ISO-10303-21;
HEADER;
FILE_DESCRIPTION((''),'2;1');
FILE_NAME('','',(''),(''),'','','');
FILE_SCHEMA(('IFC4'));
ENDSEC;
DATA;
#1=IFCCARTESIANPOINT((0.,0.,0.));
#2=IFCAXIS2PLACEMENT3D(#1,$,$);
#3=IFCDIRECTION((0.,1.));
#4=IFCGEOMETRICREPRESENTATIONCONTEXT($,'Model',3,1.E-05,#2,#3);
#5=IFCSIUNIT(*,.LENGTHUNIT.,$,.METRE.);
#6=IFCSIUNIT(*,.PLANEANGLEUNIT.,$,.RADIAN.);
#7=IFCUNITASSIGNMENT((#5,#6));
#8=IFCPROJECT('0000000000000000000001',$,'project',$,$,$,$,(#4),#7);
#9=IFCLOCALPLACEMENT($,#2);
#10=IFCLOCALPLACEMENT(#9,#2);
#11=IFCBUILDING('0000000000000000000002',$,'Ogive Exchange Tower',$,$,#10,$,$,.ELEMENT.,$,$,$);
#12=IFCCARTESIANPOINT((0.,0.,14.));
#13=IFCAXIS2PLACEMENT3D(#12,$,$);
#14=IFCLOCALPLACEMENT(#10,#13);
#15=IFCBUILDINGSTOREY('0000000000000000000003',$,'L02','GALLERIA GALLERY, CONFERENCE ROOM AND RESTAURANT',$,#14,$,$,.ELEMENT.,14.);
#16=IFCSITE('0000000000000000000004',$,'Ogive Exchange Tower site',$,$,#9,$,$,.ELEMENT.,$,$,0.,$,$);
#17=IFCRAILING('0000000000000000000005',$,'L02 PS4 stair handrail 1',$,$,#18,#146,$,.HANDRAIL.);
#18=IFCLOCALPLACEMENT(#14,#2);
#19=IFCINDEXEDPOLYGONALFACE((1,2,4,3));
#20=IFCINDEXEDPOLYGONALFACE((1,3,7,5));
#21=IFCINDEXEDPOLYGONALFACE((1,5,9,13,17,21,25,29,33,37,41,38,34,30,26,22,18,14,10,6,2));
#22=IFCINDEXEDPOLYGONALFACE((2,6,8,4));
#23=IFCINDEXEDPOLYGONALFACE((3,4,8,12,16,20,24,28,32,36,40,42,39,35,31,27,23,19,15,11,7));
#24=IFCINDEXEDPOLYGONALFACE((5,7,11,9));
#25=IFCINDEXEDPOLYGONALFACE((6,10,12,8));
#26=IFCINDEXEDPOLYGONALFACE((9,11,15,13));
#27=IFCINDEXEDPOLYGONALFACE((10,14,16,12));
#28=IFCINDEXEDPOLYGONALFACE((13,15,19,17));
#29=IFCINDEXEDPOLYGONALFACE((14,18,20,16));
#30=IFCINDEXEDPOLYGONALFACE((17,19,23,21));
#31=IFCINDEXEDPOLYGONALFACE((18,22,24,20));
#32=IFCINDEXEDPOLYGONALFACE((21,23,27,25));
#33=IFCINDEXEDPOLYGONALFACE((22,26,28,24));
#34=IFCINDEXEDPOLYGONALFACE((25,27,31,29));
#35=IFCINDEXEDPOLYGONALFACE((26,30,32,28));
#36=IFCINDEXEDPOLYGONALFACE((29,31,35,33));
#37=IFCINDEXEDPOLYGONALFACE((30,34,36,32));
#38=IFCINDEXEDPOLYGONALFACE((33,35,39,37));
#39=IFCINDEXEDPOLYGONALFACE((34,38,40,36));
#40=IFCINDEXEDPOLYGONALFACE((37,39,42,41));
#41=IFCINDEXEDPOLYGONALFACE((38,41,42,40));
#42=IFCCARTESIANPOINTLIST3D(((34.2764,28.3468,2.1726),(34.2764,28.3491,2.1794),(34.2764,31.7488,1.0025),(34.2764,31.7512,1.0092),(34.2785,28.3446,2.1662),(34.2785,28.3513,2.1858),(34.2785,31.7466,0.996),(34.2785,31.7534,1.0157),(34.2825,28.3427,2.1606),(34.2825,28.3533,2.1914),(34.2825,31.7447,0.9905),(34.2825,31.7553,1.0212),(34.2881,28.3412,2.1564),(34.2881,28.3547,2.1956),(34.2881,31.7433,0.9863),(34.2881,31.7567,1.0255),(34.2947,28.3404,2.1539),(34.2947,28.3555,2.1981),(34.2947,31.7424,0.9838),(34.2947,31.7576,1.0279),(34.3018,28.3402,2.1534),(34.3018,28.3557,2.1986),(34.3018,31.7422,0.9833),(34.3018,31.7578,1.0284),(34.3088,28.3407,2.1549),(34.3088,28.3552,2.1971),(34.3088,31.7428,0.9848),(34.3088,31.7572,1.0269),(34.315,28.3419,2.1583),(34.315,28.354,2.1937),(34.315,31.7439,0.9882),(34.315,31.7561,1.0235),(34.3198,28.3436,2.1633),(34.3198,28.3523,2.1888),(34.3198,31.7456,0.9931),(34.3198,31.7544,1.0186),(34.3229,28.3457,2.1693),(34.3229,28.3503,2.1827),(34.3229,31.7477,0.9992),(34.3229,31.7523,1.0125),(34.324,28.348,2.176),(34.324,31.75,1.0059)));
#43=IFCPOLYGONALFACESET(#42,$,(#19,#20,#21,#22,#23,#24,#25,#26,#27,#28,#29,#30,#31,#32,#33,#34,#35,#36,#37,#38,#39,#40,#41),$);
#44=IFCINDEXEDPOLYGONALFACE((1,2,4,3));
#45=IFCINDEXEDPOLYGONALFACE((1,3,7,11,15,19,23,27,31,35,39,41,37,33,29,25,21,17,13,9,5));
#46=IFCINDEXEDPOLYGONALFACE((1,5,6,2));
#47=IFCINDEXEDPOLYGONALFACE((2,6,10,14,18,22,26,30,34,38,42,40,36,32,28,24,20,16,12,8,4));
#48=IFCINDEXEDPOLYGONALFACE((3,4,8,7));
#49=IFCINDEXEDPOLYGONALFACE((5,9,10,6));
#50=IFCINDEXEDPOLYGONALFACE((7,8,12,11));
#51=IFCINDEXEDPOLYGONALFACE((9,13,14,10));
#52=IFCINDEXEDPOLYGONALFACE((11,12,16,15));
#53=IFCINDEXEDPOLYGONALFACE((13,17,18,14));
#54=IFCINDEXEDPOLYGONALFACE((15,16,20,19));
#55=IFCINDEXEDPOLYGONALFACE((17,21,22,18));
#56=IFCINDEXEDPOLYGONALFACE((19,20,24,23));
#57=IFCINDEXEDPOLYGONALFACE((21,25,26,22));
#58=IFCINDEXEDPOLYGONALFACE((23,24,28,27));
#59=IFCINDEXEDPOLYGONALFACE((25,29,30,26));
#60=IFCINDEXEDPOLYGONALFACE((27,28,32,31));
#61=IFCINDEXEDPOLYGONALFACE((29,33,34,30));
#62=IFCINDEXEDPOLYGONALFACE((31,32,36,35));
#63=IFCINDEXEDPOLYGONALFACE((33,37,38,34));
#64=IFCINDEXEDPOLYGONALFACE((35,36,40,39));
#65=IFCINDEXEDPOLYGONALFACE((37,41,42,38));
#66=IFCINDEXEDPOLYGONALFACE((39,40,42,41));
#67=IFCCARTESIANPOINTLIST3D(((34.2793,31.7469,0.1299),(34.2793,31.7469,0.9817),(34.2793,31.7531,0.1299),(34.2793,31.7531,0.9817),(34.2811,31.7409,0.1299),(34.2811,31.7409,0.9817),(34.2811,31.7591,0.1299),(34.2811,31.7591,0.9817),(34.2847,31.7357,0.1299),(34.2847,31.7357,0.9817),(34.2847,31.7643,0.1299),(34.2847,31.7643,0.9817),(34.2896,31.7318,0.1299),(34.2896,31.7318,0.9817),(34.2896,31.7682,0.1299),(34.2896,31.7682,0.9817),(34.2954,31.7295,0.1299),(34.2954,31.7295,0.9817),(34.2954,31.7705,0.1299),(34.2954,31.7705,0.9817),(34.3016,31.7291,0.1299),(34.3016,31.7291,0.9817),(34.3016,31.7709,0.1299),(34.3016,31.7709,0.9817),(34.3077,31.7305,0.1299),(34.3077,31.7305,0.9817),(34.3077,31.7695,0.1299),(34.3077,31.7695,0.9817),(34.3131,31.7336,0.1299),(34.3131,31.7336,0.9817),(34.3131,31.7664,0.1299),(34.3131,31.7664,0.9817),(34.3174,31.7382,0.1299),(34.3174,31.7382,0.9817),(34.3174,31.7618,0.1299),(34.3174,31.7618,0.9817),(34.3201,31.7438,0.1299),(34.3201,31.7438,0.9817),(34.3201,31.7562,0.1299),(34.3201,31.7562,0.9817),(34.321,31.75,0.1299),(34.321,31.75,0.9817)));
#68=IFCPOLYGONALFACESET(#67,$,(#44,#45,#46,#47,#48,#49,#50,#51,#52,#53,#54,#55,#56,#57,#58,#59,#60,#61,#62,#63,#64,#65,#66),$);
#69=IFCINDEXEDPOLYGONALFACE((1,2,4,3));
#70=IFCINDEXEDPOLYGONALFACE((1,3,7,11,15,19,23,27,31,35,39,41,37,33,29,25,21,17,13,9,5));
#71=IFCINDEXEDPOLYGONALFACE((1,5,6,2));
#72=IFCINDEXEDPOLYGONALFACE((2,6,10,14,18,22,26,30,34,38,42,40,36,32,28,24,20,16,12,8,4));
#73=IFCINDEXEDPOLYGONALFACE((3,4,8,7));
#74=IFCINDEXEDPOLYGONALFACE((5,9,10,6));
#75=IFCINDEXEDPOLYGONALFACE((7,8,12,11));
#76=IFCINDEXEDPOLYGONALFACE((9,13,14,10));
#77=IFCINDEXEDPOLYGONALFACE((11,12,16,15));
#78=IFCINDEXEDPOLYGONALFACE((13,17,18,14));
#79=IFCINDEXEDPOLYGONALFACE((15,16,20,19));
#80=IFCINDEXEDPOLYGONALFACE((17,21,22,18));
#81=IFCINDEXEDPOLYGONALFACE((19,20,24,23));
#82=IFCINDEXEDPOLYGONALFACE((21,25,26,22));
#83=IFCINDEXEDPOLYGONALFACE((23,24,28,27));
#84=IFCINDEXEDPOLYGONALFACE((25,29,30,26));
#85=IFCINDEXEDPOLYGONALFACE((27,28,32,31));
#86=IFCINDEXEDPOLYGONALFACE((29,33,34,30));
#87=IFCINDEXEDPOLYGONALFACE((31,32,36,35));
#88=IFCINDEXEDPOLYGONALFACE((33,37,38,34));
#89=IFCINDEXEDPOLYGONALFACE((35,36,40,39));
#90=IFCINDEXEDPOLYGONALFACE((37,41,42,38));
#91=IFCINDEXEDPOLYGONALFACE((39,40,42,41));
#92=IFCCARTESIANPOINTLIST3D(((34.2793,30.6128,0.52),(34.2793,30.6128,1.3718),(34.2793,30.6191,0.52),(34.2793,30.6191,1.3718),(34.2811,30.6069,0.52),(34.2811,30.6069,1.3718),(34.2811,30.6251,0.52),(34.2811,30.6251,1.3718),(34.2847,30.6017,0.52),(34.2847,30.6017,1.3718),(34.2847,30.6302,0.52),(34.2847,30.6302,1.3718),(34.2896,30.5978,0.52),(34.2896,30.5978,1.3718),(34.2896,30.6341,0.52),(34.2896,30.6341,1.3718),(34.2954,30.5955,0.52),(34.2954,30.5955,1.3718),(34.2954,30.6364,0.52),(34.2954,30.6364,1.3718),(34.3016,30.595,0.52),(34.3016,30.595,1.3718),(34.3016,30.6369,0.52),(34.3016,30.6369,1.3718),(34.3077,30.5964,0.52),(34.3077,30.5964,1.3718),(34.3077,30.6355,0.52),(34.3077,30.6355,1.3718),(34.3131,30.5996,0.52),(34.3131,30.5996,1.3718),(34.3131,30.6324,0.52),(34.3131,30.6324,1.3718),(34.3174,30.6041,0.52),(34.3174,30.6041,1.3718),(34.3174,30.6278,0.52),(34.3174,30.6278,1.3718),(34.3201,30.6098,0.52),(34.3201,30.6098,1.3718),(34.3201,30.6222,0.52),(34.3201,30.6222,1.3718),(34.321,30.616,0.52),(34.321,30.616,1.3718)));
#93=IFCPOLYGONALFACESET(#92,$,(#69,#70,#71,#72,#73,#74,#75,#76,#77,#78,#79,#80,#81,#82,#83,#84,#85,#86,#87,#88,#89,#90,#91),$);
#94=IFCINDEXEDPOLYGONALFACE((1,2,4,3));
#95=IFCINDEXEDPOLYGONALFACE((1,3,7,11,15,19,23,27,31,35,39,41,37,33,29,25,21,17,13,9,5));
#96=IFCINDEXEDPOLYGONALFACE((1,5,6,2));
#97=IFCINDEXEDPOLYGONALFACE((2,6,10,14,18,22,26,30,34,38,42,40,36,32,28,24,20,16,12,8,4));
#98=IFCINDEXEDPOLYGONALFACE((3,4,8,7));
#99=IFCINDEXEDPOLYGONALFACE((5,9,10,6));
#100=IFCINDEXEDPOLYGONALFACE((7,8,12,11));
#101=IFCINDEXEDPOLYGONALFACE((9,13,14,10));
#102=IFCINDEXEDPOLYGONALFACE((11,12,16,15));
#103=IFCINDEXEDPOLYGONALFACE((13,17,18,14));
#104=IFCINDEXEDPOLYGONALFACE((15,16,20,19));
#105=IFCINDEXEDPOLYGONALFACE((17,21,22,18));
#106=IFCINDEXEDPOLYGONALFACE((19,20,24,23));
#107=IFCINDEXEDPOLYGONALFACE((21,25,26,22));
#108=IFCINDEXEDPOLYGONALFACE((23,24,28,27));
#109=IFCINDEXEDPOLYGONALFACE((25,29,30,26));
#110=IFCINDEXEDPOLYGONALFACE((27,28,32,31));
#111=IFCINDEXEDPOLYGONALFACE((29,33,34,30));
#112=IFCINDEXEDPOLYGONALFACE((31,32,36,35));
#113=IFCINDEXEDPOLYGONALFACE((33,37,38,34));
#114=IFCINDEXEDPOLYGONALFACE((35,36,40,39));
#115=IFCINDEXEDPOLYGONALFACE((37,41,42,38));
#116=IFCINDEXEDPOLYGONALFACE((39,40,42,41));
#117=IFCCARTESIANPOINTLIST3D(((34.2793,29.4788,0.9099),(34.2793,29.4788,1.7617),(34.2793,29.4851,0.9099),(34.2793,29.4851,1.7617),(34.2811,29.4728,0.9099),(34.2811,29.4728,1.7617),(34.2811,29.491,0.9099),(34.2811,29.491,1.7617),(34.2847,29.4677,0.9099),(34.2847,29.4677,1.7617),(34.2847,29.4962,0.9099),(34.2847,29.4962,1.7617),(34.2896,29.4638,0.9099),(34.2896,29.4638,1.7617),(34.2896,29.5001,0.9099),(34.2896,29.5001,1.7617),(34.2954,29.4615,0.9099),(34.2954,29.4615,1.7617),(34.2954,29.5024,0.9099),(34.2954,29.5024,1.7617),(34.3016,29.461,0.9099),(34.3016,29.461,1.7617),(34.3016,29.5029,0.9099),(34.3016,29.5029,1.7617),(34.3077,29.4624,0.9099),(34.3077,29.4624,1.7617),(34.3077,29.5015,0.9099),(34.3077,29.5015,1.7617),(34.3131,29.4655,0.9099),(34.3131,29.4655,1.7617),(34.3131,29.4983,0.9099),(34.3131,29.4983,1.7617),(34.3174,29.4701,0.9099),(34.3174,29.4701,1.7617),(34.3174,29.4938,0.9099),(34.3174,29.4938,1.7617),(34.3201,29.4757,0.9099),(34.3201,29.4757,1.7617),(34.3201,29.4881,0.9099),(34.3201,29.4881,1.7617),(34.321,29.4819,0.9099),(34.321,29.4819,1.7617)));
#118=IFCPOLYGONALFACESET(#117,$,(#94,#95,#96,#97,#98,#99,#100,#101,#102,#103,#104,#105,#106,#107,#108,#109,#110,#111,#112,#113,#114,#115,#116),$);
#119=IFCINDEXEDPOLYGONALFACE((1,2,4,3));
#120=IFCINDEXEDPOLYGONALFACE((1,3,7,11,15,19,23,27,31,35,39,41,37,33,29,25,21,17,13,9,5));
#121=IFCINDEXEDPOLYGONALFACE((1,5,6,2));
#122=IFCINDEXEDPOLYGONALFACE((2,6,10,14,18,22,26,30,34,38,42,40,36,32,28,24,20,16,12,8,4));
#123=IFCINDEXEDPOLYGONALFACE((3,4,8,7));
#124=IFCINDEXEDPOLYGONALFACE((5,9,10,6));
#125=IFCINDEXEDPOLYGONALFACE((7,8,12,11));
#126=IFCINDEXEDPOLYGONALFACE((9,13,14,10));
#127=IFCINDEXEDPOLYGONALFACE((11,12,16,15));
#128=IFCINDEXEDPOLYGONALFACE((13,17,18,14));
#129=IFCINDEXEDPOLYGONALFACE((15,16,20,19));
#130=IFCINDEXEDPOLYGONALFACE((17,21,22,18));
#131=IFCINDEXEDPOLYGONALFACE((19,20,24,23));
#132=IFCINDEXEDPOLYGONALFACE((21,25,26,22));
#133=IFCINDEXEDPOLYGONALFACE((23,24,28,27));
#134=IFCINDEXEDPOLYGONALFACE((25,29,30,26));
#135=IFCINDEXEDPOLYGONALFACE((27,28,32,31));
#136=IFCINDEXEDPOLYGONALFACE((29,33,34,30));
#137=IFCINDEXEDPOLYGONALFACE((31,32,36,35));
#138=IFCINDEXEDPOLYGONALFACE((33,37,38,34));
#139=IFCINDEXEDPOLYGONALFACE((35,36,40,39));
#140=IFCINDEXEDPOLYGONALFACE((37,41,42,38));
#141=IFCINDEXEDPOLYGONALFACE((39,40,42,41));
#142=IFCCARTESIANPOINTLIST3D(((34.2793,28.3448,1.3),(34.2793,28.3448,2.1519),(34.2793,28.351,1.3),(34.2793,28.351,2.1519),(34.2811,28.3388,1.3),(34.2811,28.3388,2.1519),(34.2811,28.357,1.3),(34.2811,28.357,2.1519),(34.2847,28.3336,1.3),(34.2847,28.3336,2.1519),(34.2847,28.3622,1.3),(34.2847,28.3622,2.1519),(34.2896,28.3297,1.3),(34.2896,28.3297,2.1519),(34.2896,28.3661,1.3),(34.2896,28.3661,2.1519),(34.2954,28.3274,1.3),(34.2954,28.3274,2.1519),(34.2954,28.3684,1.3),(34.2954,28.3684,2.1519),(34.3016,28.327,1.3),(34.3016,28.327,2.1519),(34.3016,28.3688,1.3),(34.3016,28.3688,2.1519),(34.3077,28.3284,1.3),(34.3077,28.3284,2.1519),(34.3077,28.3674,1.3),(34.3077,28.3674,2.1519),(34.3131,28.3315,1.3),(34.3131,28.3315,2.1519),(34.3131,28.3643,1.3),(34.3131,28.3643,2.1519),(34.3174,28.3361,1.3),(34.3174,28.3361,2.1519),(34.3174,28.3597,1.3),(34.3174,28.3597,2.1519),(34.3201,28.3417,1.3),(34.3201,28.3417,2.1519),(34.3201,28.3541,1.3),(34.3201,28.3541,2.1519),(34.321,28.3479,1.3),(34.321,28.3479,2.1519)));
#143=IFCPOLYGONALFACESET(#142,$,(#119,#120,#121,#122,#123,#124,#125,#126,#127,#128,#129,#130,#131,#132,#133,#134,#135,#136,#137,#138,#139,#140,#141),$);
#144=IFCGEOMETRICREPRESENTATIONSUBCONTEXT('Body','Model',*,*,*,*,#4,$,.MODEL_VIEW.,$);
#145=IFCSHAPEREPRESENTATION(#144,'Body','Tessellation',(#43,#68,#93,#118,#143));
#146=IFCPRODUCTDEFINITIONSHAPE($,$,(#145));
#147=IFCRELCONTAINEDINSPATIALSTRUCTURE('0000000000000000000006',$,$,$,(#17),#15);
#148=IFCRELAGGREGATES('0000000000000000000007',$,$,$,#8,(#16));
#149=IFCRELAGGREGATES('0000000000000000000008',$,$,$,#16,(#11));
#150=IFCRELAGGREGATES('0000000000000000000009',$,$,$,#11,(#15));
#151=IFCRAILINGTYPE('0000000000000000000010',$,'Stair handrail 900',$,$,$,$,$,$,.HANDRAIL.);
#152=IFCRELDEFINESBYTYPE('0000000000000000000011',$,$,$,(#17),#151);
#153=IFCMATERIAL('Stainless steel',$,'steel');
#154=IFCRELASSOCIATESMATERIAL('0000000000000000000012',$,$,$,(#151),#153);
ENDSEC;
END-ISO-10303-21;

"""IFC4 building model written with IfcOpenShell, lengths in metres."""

from ifc_helpers import new_model, si_unit, direction, frame, origin, origin_2d, place, context, subcontext, project, spatial, circle, extrude, material, type_object, element, save


model = new_model("IFC4")

# Units and contexts
model_context = context("Model", 3, precision=1e-05, world=origin(), true_north=direction((0.0, 1.0)))
body_context = subcontext(model_context, "Body", "Model", "MODEL_VIEW")
ifc_project = project(units=[si_unit("LENGTHUNIT", "METRE"), si_unit("PLANEANGLEUNIT", "RADIAN")], contexts=[model_context])

# Site, building, storey
site_placement = place(None, origin())
site = spatial("IfcSite", under=ifc_project, at=site_placement, Name="Ogive Exchange Tower site", CompositionType="ELEMENT", RefElevation=0.0)
building_placement = place(site_placement, origin())
building = spatial("IfcBuilding", under=site, at=building_placement, Name="Ogive Exchange Tower", CompositionType="ELEMENT")
storey_placement = place(building_placement, frame((0.0, 0.0, 14.0)))
storey = spatial("IfcBuildingStorey", under=building, at=storey_placement, Name="L02", Description="GALLERIA GALLERY, CONFERENCE ROOM AND RESTAURANT", CompositionType="ELEMENT", Elevation=14.0)

# Railing
ifc_material_1 = material(Name="Stainless steel", Category="steel")
railing_type = type_object("IfcRailingType", Name="Stair handrail 900", PredefinedType="HANDRAIL", material=ifc_material_1)
railing_1_placement = place(storey_placement, frame((34.3, 31.75, 0.1299)))
element("IfcRailing", 1, at=railing_1_placement, inside=storey, type_object=railing_type, Name="L02 PS4 stair handrail 1", PredefinedType="HANDRAIL", context=body_context, shape_type="SweptSolid", body=[
    extrude(circle(Radius=0.0239, at=origin_2d()), frame((0.0, 0.0, 0.876), z_axis=(0.0, -0.945627, 0.325252), x_axis=(1.0, 0.0, 0.0)), (0.0, 0.0, 1.0), 3.5977),
    extrude(circle(Radius=0.021, at=origin_2d()), origin(), (0.0, 0.0, 1.0), 0.8518),
    extrude(circle(Radius=0.021, at=origin_2d()), frame((0.0, -1.134, 0.3901)), (0.0, 0.0, 1.0), 0.8518),
    extrude(circle(Radius=0.021, at=origin_2d()), frame((0.0, -2.2681, 0.78)), (0.0, 0.0, 1.0), 0.8518),
    extrude(circle(Radius=0.021, at=origin_2d()), frame((0.0, -3.4021, 1.1702)), (0.0, 0.0, 1.0), 0.8518),
])

save(model, "model.ifc")
